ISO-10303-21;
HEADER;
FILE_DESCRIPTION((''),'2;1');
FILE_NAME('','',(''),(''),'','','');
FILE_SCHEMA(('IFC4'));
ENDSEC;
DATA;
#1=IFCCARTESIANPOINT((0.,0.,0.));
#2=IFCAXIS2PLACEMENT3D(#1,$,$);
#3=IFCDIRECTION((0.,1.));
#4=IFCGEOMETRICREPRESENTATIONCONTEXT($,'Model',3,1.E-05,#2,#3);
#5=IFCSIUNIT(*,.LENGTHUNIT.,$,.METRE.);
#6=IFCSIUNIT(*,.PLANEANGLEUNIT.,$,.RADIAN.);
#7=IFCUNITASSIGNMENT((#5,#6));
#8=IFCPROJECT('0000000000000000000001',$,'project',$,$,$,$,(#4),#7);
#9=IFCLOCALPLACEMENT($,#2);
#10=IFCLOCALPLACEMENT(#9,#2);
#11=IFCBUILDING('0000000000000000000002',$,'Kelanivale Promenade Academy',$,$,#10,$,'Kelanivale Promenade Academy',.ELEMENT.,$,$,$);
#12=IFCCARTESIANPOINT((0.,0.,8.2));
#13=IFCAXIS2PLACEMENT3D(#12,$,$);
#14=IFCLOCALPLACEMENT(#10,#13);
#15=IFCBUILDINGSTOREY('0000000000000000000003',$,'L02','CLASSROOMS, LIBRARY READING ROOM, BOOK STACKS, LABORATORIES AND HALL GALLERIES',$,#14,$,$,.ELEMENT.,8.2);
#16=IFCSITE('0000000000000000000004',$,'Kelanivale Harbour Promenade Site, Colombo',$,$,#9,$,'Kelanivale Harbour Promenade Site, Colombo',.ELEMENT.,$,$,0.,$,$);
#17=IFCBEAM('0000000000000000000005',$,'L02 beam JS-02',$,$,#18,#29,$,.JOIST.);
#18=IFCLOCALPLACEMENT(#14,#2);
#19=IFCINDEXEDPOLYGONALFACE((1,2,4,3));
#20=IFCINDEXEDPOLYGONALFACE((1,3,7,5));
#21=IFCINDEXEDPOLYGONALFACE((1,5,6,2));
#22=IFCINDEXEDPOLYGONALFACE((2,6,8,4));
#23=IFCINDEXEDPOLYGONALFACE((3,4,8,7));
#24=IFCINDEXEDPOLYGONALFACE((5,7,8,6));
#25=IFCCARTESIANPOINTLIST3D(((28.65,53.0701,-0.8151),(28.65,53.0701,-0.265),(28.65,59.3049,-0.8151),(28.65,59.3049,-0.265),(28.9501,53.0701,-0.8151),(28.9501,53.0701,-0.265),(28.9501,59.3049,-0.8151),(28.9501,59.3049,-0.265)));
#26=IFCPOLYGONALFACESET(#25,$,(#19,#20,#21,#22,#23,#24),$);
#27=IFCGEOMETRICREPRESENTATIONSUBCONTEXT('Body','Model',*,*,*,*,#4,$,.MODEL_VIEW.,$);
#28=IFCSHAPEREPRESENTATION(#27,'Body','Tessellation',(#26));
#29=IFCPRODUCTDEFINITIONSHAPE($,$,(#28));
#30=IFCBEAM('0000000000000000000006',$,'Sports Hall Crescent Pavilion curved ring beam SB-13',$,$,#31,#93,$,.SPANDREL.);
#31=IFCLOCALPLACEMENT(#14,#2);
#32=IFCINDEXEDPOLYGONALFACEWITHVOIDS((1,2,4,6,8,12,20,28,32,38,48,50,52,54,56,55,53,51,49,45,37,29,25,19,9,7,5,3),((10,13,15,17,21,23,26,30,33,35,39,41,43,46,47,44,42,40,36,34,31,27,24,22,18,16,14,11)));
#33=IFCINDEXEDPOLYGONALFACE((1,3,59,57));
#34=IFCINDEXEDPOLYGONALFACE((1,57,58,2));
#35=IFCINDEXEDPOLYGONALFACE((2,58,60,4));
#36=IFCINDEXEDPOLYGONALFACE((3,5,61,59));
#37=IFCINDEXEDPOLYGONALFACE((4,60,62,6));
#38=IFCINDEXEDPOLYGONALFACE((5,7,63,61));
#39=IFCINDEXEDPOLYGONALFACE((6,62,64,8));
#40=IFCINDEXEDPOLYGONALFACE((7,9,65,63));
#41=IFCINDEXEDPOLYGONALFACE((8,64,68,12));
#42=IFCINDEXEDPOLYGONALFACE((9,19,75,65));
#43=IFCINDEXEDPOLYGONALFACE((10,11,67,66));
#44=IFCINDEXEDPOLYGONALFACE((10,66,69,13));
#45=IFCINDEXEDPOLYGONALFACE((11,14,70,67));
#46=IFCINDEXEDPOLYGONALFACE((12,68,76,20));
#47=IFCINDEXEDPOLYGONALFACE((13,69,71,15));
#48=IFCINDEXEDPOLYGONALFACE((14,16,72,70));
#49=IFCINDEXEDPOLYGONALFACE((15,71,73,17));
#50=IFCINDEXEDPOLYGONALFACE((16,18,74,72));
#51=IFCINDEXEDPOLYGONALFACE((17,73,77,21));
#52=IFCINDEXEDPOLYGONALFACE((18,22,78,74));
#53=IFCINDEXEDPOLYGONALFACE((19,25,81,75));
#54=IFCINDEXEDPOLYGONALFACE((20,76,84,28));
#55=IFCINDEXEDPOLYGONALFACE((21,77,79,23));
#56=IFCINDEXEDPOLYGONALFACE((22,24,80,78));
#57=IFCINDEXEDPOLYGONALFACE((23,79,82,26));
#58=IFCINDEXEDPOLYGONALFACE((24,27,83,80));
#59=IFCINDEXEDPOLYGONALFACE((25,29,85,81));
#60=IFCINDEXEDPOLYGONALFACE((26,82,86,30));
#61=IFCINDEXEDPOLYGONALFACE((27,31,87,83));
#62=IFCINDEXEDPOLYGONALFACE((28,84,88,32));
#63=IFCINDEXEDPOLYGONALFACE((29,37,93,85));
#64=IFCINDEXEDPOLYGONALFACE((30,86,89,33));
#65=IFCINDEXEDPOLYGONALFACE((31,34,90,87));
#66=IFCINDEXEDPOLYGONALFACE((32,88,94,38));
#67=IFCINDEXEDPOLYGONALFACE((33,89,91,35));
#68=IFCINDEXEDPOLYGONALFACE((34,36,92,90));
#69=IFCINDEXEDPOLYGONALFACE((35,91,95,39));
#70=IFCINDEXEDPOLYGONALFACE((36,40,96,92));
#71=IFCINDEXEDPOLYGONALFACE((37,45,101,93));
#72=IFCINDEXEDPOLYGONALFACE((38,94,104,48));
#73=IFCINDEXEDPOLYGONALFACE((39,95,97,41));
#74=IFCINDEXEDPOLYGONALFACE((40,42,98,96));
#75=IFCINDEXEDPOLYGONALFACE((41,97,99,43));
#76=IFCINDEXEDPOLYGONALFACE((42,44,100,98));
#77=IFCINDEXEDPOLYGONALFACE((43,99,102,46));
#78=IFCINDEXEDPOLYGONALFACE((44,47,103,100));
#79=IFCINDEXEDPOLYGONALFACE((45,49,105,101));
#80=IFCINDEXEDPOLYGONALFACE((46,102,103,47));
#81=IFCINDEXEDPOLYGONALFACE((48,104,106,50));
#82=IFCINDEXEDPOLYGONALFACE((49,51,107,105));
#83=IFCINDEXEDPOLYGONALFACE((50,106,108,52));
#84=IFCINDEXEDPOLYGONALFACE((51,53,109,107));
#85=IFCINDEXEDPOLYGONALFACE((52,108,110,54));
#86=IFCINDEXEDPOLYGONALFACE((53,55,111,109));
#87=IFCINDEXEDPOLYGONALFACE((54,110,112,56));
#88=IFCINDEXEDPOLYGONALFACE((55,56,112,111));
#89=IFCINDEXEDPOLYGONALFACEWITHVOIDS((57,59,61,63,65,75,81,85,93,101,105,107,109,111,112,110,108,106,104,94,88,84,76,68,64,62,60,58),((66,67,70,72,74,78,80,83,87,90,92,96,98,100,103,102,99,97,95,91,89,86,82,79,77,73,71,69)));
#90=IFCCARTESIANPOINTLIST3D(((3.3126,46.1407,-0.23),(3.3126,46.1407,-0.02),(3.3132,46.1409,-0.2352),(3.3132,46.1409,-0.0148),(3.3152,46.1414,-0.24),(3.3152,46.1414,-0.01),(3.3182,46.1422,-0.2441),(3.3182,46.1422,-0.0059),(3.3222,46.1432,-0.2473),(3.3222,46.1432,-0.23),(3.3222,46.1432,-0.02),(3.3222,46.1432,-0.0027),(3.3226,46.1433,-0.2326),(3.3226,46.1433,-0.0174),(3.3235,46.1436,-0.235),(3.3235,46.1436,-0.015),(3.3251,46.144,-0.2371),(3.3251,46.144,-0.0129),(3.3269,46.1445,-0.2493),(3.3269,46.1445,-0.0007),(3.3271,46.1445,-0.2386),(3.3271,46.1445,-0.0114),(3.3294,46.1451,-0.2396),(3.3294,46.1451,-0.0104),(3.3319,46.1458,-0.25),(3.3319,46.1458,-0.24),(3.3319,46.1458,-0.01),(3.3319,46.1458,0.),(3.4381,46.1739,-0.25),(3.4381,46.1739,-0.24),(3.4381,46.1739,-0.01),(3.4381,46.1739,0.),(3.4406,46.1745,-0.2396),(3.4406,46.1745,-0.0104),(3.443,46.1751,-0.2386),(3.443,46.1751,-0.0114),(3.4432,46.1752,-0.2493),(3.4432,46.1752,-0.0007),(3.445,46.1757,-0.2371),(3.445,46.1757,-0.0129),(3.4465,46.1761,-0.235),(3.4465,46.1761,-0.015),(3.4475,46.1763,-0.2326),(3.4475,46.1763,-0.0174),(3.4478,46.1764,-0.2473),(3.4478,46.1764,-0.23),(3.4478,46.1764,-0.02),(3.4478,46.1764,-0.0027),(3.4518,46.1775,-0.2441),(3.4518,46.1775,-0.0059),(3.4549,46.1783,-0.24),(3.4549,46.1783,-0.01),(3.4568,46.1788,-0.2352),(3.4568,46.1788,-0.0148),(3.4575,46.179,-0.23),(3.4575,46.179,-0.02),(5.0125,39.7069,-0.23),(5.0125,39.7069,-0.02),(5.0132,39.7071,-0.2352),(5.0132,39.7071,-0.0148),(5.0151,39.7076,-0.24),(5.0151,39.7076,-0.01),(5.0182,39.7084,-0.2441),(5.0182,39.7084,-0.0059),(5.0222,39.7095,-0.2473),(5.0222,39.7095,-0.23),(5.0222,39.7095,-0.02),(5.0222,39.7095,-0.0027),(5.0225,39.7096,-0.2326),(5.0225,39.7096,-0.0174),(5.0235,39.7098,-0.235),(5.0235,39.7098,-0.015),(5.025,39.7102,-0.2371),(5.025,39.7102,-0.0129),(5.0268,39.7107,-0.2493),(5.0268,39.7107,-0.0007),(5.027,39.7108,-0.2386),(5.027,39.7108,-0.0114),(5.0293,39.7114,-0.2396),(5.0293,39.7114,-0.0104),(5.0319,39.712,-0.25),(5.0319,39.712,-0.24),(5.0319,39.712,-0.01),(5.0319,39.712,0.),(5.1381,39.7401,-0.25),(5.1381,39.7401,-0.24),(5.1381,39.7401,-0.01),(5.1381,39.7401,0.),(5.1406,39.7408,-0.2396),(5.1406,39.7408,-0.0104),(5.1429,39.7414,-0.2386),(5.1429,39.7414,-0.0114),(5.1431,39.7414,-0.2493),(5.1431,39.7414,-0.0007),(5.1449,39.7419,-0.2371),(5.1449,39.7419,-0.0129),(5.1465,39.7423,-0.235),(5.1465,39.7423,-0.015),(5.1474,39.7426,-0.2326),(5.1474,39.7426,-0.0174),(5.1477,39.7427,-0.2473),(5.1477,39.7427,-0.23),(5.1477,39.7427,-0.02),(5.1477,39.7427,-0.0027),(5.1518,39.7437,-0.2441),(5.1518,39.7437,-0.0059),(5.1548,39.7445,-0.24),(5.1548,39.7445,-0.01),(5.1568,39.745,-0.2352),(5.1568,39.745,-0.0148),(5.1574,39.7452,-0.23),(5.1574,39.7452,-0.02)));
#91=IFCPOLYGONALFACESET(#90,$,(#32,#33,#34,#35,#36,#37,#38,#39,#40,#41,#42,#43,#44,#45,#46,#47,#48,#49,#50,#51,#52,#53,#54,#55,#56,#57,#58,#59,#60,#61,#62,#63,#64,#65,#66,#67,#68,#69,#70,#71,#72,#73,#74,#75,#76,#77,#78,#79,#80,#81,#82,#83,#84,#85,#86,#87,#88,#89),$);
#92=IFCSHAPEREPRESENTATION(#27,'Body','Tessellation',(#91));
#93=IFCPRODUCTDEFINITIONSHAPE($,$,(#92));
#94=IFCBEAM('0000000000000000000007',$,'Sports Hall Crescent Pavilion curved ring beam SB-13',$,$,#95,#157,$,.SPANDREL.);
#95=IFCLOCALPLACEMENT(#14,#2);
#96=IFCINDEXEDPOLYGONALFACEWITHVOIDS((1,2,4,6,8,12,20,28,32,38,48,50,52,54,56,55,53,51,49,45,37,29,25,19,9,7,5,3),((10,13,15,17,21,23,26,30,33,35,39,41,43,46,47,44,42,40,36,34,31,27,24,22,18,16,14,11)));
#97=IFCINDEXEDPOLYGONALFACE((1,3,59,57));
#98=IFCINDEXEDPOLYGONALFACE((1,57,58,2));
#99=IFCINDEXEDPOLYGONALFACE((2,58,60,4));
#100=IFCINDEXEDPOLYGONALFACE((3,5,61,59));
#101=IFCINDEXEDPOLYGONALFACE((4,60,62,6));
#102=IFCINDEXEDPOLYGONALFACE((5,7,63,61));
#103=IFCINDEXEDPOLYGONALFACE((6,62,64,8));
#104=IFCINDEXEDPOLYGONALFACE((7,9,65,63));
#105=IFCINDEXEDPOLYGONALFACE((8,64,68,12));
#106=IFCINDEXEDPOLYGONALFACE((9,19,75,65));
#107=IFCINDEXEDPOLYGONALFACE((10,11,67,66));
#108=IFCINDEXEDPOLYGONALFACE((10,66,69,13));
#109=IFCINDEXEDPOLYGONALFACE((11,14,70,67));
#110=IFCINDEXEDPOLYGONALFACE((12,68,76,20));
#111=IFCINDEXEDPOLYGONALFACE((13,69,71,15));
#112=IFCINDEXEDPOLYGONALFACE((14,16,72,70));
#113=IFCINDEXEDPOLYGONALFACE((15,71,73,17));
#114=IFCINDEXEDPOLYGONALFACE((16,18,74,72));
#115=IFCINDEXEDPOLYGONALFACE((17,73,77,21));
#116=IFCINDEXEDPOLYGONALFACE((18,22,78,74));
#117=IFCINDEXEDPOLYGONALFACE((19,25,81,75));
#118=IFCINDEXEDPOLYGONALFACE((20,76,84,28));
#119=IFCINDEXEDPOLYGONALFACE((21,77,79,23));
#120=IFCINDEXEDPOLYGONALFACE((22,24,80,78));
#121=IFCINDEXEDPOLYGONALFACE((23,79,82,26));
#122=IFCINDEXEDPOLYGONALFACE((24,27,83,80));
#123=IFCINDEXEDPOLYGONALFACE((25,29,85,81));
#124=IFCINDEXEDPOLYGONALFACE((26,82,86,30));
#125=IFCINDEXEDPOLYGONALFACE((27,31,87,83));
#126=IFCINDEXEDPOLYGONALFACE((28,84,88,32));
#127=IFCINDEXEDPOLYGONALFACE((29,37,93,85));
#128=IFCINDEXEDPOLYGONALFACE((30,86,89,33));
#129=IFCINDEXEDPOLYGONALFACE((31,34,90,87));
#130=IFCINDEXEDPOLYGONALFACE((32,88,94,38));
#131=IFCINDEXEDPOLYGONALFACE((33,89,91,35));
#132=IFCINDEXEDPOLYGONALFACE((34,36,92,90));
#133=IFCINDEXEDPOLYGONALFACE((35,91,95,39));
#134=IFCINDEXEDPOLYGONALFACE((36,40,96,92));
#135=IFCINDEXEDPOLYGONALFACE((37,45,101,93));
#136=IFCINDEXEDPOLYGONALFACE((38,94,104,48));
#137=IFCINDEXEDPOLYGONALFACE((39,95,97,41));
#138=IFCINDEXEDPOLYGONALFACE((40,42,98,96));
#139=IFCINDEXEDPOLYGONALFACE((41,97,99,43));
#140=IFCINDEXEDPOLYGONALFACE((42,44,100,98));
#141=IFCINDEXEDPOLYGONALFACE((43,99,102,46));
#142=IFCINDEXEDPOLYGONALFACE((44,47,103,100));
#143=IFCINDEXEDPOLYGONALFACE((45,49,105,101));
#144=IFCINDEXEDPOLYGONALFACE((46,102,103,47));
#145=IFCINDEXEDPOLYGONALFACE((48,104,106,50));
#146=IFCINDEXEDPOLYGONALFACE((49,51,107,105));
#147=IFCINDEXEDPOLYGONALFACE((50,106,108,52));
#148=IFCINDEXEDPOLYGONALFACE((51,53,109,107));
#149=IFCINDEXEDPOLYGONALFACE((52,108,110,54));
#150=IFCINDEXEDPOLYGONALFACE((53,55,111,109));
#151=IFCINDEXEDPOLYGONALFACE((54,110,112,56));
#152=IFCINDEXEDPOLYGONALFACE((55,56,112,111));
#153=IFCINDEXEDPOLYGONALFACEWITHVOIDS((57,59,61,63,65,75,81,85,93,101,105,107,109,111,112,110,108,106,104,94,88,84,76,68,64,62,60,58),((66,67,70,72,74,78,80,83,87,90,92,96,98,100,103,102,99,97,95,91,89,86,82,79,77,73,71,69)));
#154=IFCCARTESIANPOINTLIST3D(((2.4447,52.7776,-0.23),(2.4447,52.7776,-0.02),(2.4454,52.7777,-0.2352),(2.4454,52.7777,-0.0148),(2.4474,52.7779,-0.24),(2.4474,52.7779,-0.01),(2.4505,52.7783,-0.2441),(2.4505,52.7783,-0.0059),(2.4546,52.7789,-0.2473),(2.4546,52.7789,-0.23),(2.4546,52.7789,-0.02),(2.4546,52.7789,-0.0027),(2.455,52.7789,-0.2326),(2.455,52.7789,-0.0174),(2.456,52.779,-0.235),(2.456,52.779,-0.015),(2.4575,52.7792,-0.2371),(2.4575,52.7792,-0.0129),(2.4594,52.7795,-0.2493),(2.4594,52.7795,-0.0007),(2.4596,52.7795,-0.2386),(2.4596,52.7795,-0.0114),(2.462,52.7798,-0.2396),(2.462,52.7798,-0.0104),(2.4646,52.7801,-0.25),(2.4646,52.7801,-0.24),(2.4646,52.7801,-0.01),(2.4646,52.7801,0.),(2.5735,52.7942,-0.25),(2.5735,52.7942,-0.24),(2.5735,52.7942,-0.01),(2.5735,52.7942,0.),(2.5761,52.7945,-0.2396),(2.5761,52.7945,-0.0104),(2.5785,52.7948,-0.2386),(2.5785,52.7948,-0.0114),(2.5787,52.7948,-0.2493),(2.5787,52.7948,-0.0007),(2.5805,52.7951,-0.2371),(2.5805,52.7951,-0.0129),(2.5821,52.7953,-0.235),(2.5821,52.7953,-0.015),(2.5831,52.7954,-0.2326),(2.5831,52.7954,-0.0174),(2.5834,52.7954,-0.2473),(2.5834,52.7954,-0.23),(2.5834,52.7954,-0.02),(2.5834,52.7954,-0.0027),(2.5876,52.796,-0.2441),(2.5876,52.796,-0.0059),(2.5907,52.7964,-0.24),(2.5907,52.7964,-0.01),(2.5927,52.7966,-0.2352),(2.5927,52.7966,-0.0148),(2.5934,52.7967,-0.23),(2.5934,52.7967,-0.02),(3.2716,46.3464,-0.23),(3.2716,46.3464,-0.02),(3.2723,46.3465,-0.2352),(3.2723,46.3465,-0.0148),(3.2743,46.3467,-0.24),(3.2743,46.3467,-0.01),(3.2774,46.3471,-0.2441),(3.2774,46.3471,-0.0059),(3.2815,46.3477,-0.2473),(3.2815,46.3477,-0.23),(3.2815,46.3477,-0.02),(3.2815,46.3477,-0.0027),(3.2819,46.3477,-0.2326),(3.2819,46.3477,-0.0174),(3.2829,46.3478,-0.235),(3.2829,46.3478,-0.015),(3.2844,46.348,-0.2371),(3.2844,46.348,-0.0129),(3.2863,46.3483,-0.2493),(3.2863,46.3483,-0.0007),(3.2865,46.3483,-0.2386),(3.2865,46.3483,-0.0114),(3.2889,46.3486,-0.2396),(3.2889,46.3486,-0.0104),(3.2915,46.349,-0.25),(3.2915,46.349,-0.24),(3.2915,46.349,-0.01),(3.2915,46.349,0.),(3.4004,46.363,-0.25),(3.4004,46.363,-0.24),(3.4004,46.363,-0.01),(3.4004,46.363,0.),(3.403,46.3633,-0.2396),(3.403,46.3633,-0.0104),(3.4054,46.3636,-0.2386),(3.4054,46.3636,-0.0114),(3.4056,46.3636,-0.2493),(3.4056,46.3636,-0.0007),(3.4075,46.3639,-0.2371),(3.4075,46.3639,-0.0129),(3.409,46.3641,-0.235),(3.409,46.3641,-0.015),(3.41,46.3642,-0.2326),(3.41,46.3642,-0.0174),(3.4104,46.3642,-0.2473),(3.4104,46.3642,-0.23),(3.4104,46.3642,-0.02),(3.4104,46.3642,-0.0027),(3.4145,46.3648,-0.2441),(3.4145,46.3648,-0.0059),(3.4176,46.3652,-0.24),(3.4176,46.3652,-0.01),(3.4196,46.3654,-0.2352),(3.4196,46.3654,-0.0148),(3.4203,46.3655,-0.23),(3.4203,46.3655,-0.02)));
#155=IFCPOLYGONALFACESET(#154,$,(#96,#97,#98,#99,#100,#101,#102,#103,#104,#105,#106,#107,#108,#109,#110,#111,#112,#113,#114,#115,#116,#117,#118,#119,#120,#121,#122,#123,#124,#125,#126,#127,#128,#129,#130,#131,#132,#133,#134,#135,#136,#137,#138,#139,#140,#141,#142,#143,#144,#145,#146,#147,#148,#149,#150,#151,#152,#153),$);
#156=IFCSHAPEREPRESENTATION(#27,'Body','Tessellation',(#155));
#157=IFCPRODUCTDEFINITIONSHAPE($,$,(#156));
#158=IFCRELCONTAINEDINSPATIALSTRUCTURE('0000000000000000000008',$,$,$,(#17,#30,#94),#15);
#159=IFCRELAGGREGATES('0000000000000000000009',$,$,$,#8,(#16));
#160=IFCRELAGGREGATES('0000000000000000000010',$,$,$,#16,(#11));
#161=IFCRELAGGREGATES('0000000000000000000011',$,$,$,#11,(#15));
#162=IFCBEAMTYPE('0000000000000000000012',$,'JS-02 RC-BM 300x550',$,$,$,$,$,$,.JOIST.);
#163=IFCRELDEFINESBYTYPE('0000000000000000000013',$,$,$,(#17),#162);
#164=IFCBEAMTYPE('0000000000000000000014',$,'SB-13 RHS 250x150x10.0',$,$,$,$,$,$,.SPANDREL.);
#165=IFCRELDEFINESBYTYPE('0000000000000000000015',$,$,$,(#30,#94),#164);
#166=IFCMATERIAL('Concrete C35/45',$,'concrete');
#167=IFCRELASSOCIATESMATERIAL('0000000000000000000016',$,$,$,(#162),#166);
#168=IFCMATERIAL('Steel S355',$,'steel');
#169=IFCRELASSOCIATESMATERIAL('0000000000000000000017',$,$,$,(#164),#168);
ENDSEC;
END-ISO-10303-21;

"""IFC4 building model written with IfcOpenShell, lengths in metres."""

from ifc_helpers import new_model, si_unit, direction, frame, origin, origin_2d, place, context, subcontext, project, spatial, rectangle, hollow_rectangle, extrude, material, material_profile, profile_set, type_object, element, save


model = new_model("IFC4")

# Units and contexts
model_context = context("Model", 3, precision=1e-05, world=origin(), true_north=direction((0.0, 1.0)))
body_context = subcontext(model_context, "Body", "Model", "MODEL_VIEW")
ifc_project = project(units=[si_unit("LENGTHUNIT", "METRE"), si_unit("PLANEANGLEUNIT", "RADIAN")], contexts=[model_context])

# Site, building, storey
site_placement = place(None, origin())
site = spatial("IfcSite", under=ifc_project, at=site_placement, Name="Kelanivale Harbour Promenade Site, Colombo", LongName="Kelanivale Harbour Promenade Site, Colombo", CompositionType="ELEMENT", RefElevation=0.0)
building_placement = place(site_placement, origin())
building = spatial("IfcBuilding", under=site, at=building_placement, Name="Kelanivale Promenade Academy", LongName="Kelanivale Promenade Academy", CompositionType="ELEMENT")
storey_placement = place(building_placement, frame((0.0, 0.0, 8.2)))
storey = spatial("IfcBuildingStorey", under=building, at=storey_placement, Name="L02", Description="CLASSROOMS, LIBRARY READING ROOM, BOOK STACKS, LABORATORIES AND HALL GALLERIES", CompositionType="ELEMENT", Elevation=8.2)

# Shared definitions
ifc_material_1 = material(Name="Steel S355", Category="steel")

# Beams
ifc_material_2 = material(Name="Concrete C35/45", Category="concrete")
ifc_material_profile_1 = material_profile(ifc_material_2, rectangle(XDim=0.3, YDim=0.55, at=origin_2d()), Name="RC-BM 300x550")
ifc_profile_set_1 = profile_set([ifc_material_profile_1], Name="Concrete C35/45")
beam_type_1 = type_object("IfcBeamType", Name="JS-02 RC-BM 300x550", PredefinedType="JOIST", material=ifc_profile_set_1)
beam_1_placement = place(storey_placement, frame((28.8, 53.0701, -0.54), z_axis=(0.0, 1.0, 0.0), x_axis=(-1.0, 0.0, 0.0)))
element("IfcBeam", 1, at=beam_1_placement, inside=storey, type_object=beam_type_1, Name="L02 beam JS-02", PredefinedType="JOIST", context=body_context, shape_type="SweptSolid", body=[
    extrude(rectangle(XDim=0.3, YDim=0.55, at=origin_2d()), origin(), (0.0, 0.0, 1.0), 6.2349),
])
ifc_material_profile_2 = material_profile(ifc_material_1, hollow_rectangle(XDim=0.1499, YDim=0.25, WallThickness=0.01, InnerFilletRadius=0.01, OuterFilletRadius=0.02, at=origin_2d()), Name="RHS 250x150x10.0")
ifc_profile_set_2 = profile_set([ifc_material_profile_2], Name="Steel S355")
beam_type_2 = type_object("IfcBeamType", Name="SB-13 RHS 250x150x10.0", PredefinedType="SPANDREL", material=ifc_profile_set_2)
beam_2_placement = place(storey_placement, frame((5.085, 39.7261, -0.125), z_axis=(-0.255454, 0.966821, 0.0), x_axis=(-0.966821, -0.255454, 0.0)))
element("IfcBeam", 2, at=beam_2_placement, inside=storey, type_object=beam_type_2, Name="Sports Hall Crescent Pavilion curved ring beam SB-13", PredefinedType="SPANDREL", context=body_context, shape_type="SweptSolid", body=[
    extrude(hollow_rectangle(XDim=0.1499, YDim=0.25, WallThickness=0.01, InnerFilletRadius=0.01, OuterFilletRadius=0.02, at=origin_2d()), origin(), (0.0, 0.0, 1.0), 6.6545),
])
beam_3_placement = place(storey_placement, frame((3.3459, 46.356, -0.125), z_axis=(-0.127528, 0.991835, 0.0), x_axis=(-0.991835, -0.127528, 0.0)))
element("IfcBeam", 3, at=beam_3_placement, inside=storey, type_object=beam_type_2, Name="Sports Hall Crescent Pavilion curved ring beam SB-13", PredefinedType="SPANDREL", context=body_context, shape_type="SweptSolid", body=[
    extrude(hollow_rectangle(XDim=0.1499, YDim=0.25, WallThickness=0.01, InnerFilletRadius=0.01, OuterFilletRadius=0.02, at=origin_2d()), origin(), (0.0, 0.0, 1.0), 6.4841),
])

save(model, "model.ifc")
